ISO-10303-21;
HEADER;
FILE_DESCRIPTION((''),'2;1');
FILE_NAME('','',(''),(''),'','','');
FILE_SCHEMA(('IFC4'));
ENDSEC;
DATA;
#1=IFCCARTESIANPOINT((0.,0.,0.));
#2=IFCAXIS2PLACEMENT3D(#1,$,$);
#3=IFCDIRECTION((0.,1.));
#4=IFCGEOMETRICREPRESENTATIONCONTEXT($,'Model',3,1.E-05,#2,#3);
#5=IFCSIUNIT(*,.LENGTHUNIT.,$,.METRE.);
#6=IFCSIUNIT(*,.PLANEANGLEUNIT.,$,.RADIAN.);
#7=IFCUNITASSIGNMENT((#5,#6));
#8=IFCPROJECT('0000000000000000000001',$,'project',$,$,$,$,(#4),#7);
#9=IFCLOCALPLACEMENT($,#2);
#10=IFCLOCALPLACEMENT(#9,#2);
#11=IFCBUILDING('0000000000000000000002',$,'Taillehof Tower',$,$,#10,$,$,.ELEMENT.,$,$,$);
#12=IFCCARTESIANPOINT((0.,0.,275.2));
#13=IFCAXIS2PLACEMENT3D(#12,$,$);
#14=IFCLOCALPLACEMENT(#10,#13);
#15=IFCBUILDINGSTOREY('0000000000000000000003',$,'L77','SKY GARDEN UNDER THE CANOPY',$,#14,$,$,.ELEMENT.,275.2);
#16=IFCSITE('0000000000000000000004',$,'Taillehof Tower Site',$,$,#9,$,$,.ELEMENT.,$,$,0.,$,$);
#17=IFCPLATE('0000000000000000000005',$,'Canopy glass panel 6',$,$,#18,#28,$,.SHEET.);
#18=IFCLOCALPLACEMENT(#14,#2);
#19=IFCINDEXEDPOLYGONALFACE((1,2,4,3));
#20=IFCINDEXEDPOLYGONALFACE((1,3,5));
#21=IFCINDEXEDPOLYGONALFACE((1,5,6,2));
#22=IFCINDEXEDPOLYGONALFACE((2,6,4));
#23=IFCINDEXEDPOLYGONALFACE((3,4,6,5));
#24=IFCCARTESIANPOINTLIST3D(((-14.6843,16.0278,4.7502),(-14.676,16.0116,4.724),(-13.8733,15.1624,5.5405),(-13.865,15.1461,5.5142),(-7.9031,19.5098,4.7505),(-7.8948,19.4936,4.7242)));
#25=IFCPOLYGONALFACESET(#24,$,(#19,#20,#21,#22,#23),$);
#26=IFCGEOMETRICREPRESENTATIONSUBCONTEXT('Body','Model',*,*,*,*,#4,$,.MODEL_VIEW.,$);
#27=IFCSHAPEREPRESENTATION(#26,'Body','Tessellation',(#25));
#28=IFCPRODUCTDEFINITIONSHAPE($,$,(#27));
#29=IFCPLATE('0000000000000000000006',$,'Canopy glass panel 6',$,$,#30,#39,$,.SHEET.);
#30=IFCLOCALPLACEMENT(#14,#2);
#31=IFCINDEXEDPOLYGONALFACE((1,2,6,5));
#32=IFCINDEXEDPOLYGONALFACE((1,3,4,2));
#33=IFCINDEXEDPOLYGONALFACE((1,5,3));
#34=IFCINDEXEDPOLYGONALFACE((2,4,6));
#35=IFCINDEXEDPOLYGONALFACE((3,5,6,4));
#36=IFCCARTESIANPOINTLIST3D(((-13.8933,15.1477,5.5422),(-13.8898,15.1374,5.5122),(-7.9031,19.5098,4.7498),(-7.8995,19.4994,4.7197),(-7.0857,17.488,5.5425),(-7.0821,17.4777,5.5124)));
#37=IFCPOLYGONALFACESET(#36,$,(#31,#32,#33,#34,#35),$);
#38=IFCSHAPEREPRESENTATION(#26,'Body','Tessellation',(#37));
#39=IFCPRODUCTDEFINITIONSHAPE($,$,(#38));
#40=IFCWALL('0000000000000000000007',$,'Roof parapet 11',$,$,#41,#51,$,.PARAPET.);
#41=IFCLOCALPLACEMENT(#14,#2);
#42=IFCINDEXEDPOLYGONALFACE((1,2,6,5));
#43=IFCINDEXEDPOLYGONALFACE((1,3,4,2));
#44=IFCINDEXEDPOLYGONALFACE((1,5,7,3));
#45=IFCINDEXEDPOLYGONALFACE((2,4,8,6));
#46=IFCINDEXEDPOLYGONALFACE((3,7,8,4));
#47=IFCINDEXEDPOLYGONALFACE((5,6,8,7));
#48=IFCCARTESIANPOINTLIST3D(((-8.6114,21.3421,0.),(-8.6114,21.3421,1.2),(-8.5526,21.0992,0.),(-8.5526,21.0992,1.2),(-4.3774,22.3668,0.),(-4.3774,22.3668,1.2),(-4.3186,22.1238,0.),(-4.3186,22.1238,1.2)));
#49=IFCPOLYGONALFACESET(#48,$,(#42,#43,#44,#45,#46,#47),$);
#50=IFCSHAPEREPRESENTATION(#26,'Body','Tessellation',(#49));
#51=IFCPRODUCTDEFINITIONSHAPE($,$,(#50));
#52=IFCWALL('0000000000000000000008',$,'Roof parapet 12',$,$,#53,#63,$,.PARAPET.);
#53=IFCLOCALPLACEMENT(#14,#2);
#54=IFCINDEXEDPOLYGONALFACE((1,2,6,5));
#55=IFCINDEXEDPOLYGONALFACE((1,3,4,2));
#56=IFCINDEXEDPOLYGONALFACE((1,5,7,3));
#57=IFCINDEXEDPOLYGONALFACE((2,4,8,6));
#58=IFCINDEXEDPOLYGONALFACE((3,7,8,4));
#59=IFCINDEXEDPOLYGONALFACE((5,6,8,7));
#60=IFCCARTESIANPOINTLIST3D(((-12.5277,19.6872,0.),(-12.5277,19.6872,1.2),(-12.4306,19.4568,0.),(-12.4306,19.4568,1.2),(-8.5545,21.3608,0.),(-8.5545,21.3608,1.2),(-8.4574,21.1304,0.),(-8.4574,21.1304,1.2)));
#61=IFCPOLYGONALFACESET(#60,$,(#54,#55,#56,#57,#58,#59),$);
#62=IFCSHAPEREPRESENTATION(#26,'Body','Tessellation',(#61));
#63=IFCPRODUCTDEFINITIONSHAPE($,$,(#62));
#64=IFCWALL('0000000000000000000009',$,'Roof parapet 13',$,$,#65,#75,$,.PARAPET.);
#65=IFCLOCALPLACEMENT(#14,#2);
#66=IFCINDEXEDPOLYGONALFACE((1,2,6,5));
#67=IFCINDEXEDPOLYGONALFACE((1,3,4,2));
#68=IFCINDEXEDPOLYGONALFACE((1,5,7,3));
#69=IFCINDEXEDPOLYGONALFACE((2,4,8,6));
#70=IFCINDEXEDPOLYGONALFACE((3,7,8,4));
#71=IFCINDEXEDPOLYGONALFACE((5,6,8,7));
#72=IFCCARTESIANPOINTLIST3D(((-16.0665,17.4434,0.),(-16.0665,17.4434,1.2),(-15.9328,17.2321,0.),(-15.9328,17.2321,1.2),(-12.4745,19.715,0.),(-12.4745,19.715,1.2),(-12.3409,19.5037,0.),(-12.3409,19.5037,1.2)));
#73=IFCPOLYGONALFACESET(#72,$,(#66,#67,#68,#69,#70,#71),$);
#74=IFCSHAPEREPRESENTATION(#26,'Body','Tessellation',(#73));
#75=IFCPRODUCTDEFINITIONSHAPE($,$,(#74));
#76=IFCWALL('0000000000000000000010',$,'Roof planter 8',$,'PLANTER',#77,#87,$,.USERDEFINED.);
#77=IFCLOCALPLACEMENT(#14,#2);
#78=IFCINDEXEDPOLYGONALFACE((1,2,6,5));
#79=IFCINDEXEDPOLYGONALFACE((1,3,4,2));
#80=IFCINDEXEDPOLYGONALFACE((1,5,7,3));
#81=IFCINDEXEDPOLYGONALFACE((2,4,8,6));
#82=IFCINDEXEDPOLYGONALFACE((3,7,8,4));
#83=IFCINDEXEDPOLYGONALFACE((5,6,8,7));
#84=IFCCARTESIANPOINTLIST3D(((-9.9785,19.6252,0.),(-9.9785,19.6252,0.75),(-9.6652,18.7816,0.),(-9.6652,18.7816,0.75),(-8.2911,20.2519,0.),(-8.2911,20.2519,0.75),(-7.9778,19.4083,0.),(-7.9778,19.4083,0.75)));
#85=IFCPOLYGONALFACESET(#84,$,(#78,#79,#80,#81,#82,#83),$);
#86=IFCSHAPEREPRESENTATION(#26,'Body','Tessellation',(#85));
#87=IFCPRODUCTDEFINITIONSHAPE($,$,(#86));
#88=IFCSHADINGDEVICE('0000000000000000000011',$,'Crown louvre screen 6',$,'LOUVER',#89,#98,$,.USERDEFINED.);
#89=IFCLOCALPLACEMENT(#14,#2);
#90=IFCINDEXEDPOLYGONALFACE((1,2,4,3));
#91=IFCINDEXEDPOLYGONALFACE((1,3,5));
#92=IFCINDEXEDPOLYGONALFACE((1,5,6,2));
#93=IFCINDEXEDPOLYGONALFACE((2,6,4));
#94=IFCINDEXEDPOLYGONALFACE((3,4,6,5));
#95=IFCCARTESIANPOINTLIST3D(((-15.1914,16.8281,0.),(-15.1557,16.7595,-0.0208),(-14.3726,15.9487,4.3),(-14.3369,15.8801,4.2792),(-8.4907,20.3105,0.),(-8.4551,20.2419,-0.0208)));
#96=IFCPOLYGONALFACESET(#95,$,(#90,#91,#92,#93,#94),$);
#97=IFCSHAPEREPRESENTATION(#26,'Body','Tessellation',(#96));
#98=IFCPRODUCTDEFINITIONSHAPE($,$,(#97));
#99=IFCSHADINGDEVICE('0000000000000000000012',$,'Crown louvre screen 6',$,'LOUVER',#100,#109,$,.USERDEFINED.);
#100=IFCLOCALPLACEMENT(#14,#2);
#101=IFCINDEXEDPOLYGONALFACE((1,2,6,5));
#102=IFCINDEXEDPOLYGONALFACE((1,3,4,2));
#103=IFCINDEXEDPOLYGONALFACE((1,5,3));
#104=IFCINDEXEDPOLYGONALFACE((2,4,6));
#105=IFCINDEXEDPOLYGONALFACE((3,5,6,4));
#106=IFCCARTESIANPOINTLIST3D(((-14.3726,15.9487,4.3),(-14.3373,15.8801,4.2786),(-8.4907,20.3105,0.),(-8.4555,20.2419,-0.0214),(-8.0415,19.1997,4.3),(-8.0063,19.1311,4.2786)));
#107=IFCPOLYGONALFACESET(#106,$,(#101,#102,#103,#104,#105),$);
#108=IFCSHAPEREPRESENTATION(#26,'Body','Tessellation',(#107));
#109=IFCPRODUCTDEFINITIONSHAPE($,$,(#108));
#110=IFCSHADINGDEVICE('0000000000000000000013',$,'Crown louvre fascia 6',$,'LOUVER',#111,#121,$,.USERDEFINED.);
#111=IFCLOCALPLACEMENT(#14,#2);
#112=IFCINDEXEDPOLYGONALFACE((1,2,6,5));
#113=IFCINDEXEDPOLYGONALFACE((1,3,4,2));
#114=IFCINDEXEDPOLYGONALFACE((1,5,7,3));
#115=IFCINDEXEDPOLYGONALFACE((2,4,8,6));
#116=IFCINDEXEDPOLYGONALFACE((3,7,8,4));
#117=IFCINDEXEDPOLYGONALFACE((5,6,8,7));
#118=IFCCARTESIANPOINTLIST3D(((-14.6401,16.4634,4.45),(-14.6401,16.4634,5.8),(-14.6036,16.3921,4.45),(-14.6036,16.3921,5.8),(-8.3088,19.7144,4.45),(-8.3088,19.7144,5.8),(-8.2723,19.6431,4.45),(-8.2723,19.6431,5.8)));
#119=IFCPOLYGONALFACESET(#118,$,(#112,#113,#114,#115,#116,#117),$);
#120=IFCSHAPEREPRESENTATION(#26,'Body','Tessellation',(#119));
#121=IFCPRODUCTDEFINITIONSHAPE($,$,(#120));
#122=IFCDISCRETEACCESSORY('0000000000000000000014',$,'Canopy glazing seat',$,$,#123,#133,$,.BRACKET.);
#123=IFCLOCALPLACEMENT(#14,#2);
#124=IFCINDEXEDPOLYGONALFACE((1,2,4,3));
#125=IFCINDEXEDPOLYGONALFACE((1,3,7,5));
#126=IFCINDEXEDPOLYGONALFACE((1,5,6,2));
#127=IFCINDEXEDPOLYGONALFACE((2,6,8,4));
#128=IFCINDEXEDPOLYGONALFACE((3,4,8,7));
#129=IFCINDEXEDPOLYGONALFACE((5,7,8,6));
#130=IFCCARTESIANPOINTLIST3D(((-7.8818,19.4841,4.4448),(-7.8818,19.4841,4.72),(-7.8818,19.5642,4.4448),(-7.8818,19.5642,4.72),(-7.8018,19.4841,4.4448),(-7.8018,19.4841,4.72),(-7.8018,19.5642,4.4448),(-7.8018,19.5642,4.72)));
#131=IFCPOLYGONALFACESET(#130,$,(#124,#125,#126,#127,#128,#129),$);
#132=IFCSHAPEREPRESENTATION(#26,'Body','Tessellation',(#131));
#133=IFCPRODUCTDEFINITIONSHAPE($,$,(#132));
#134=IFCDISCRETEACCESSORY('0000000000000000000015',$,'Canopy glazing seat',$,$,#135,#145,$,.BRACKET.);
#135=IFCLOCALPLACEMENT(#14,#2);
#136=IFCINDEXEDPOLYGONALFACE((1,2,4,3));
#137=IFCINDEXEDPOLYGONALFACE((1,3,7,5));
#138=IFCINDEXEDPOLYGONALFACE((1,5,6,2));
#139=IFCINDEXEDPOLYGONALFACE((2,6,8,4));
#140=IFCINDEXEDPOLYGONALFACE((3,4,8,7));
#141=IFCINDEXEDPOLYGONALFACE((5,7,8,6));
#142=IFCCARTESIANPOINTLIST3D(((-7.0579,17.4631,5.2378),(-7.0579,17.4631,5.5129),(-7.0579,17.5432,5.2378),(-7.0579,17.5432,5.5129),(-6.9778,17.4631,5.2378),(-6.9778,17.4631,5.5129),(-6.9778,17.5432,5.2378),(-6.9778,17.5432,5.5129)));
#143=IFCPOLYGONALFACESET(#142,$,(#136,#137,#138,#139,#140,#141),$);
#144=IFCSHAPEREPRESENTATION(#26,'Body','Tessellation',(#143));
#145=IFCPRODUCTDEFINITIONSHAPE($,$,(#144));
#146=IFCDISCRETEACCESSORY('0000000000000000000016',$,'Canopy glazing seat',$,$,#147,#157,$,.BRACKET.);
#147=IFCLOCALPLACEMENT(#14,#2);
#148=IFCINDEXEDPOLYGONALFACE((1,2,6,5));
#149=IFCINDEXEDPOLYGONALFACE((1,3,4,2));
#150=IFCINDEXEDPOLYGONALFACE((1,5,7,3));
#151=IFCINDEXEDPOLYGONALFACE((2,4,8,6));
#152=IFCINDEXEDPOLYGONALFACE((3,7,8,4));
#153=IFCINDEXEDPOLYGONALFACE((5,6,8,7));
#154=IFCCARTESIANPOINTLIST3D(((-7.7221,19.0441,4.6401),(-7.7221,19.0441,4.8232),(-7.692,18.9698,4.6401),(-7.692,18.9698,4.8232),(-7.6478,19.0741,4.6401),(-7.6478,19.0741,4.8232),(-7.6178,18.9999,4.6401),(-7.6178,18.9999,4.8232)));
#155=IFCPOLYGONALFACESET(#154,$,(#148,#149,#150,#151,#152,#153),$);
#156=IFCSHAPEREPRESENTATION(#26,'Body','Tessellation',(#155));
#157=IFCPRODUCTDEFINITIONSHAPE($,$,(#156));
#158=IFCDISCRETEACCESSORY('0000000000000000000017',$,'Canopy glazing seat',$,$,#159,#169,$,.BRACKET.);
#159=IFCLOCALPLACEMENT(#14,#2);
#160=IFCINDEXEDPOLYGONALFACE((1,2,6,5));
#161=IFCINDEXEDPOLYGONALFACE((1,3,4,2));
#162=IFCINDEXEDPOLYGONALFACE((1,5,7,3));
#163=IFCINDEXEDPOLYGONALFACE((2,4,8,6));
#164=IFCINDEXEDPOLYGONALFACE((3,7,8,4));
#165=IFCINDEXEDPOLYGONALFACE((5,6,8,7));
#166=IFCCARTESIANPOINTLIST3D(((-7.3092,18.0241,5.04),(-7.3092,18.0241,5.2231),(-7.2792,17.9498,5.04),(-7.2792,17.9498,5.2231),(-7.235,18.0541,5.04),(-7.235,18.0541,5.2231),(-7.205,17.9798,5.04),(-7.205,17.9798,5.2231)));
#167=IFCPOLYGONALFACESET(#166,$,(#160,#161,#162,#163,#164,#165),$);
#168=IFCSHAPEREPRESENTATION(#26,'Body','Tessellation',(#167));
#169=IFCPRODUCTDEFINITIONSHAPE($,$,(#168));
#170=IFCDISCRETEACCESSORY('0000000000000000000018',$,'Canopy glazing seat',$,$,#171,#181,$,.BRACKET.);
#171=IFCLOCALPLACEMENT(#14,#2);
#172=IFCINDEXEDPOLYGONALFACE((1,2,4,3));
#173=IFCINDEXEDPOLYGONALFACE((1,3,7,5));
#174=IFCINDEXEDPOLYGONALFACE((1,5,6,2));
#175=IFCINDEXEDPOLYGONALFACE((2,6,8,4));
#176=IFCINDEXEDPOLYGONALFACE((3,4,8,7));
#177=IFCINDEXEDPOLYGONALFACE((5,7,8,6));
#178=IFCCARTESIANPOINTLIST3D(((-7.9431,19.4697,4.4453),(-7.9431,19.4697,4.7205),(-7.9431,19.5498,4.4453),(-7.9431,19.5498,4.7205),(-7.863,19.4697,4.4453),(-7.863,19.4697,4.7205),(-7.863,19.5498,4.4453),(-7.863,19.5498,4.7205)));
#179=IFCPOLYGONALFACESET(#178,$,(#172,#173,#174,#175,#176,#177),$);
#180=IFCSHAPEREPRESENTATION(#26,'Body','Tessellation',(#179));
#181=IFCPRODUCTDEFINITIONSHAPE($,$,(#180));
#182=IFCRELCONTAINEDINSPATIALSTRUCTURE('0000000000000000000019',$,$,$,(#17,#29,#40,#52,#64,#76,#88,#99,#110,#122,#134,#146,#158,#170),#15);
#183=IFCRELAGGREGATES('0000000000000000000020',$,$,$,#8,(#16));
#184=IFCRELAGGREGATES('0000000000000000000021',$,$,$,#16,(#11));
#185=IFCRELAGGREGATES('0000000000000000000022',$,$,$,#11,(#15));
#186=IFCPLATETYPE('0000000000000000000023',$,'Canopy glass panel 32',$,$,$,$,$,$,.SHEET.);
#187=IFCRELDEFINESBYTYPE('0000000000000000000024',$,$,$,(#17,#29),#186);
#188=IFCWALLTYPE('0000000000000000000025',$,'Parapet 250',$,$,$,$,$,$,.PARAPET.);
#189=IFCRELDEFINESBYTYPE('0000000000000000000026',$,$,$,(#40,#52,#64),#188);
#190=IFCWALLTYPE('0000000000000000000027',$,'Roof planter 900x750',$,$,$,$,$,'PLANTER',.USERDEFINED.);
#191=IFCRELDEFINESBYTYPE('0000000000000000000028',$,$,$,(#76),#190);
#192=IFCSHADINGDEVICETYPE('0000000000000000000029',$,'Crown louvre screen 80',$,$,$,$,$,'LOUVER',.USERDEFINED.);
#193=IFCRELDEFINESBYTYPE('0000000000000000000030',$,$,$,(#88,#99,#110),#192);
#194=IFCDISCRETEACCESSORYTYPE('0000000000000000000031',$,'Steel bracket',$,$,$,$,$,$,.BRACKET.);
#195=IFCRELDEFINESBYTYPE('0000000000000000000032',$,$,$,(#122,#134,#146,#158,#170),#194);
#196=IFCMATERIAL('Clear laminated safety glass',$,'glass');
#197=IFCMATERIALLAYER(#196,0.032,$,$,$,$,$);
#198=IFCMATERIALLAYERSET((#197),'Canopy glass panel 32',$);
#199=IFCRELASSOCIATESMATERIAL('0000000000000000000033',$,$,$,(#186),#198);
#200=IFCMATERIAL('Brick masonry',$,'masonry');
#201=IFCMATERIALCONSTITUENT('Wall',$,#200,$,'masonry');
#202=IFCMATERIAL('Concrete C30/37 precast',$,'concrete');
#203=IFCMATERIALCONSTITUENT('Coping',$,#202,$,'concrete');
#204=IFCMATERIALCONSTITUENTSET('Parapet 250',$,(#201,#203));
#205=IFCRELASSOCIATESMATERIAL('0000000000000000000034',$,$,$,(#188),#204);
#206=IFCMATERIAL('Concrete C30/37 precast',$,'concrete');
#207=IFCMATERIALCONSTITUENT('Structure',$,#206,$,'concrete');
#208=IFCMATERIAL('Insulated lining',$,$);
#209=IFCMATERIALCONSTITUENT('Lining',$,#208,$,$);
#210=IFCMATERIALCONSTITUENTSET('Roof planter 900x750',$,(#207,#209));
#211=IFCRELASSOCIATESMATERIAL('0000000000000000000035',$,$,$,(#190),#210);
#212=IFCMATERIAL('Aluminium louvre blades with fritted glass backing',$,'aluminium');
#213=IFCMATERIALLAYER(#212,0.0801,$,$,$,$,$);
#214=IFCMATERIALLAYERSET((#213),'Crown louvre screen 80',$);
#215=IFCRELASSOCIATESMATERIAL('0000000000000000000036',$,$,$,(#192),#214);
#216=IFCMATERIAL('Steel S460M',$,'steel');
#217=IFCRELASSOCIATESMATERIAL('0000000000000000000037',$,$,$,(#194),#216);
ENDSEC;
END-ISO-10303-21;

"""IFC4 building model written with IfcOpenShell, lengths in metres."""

from ifc_helpers import new_model, si_unit, direction, frame, frame_2d, origin, origin_2d, place, context, subcontext, project, spatial, polyline, rectangle, outline, extrude, material, layer, layer_set, constituent, constituent_set, type_object, element, save


model = new_model("IFC4")

# Units and contexts
model_context = context("Model", 3, precision=1e-05, world=origin(), true_north=direction((0.0, 1.0)))
body_context = subcontext(model_context, "Body", "Model", "MODEL_VIEW")
ifc_project = project(units=[si_unit("LENGTHUNIT", "METRE"), si_unit("PLANEANGLEUNIT", "RADIAN")], contexts=[model_context])

# Site, building, storey
site_placement = place(None, origin())
site = spatial("IfcSite", under=ifc_project, at=site_placement, Name="Taillehof Tower Site", CompositionType="ELEMENT", RefElevation=0.0)
building_placement = place(site_placement, origin())
building = spatial("IfcBuilding", under=site, at=building_placement, Name="Taillehof Tower", CompositionType="ELEMENT")
storey_placement = place(building_placement, frame((0.0, 0.0, 275.2)))
storey = spatial("IfcBuildingStorey", under=building, at=storey_placement, Name="L77", Description="SKY GARDEN UNDER THE CANOPY", CompositionType="ELEMENT", Elevation=275.2)

# Plates
ifc_material_1 = material(Name="Clear laminated safety glass", Category="glass")
ifc_layer_1 = layer(ifc_material_1, 0.032)
ifc_layer_set_1 = layer_set([ifc_layer_1], Name="Canopy glass panel 32")
plate_type = type_object("IfcPlateType", Name="Canopy glass panel 32", PredefinedType="SHEET", material=ifc_layer_set_1)
plate_1_placement = place(storey_placement, frame((-7.9031, 19.5098, 4.7505), z_axis=(-0.260196, 0.506688, 0.821928), x_axis=(-0.889585, -0.45677, -0.000032)))
element("IfcPlate", 1, at=plate_1_placement, inside=storey, type_object=plate_type, Name="Canopy glass panel 6", PredefinedType="SHEET", context=body_context, shape_type="SweptSolid", body=[
    extrude(outline(polyline([(0.0, 0.0), (7.6229, 0.0), (7.2968, 1.3874), (0.0, 0.0)])), origin(), (0.0, 0.0, -1.0), 0.032),
])
plate_2_placement = place(storey_placement, frame((-7.9031, 19.5098, 4.7498), z_axis=(-0.111238, 0.323475, 0.939675), x_axis=(-0.803798, -0.585322, 0.106339)))
element("IfcPlate", 2, at=plate_2_placement, inside=storey, type_object=plate_type, Name="Canopy glass panel 6", PredefinedType="SHEET", context=body_context, shape_type="SweptSolid", body=[
    extrude(outline(polyline([(0.0, 0.0), (7.4524, 0.0), (0.6106, 2.2385), (0.0, 0.0)])), origin(), (0.0, 0.0, -1.0), 0.032),
])

# Walls
ifc_material_2 = material(Name="Brick masonry", Category="masonry")
ifc_constituent_1 = constituent(ifc_material_2, Name="Wall", Category="masonry")
ifc_material_3 = material(Name="Concrete C30/37 precast", Category="concrete")
ifc_constituent_2 = constituent(ifc_material_3, Name="Coping", Category="concrete")
ifc_constituent_set_1 = constituent_set(constituents=[ifc_constituent_1, ifc_constituent_2], Name="Parapet 250")
wall_type_1 = type_object("IfcWallType", Name="Parapet 250", PredefinedType="PARAPET", material=ifc_constituent_set_1)
wall_1_placement = place(storey_placement, frame((-4.3479, 22.2454, 0.0), z_axis=(0.0, 0.0, 1.0), x_axis=(-0.971941, -0.235223, 0.0)))
element("IfcWall", 3, at=wall_1_placement, inside=storey, type_object=wall_type_1, Name="Roof parapet 11", PredefinedType="PARAPET", context=body_context, shape_type="SweptSolid", body=[
    extrude(rectangle(XDim=4.3562, YDim=0.25, at=frame_2d((2.1782, 0.0))), origin(), (0.0, 0.0, 1.0), 1.2),
])
wall_2_placement = place(storey_placement, frame((-8.5059, 21.2456, 0.0), z_axis=(0.0, 0.0, 1.0), x_axis=(-0.921579, -0.388191, 0.0)))
element("IfcWall", 4, at=wall_2_placement, inside=storey, type_object=wall_type_1, Name="Roof parapet 12", PredefinedType="PARAPET", context=body_context, shape_type="SweptSolid", body=[
    extrude(rectangle(XDim=4.3113, YDim=0.25, at=frame_2d((2.1558, 0.0))), origin(), (0.0, 0.0, 1.0), 1.2),
])
wall_3_placement = place(storey_placement, frame((-12.4077, 19.6094, 0.0), z_axis=(0.0, 0.0, 1.0), x_axis=(-0.845163, -0.534509, 0.0)))
element("IfcWall", 5, at=wall_3_placement, inside=storey, type_object=wall_type_1, Name="Roof parapet 13", PredefinedType="PARAPET", context=body_context, shape_type="SweptSolid", body=[
    extrude(rectangle(XDim=4.25, YDim=0.25, at=frame_2d((2.125, 0.0))), origin(), (0.0, 0.0, 1.0), 1.2),
])
ifc_material_4 = material(Name="Concrete C30/37 precast", Category="concrete")
ifc_constituent_3 = constituent(ifc_material_4, Name="Structure", Category="concrete")
ifc_material_5 = material(Name="Insulated lining")
ifc_constituent_4 = constituent(ifc_material_5, Name="Lining")
ifc_constituent_set_2 = constituent_set(constituents=[ifc_constituent_3, ifc_constituent_4], Name="Roof planter 900x750")
wall_type_2 = type_object("IfcWallType", Name="Roof planter 900x750", ElementType="PLANTER", PredefinedType="USERDEFINED", material=ifc_constituent_set_2)
wall_4_placement = place(storey_placement, frame((-8.1345, 19.8301, 0.0), z_axis=(0.0, 0.0, 1.0), x_axis=(-0.937439, -0.348149, 0.0)))
element("IfcWall", 6, at=wall_4_placement, inside=storey, type_object=wall_type_2, Name="Roof planter 8", ObjectType="PLANTER", PredefinedType="USERDEFINED", context=body_context, shape_type="SweptSolid", body=[
    extrude(rectangle(XDim=1.8, YDim=0.8999, at=frame_2d((0.8999, 0.0))), origin(), (0.0, 0.0, 1.0), 0.75),
])

# Shading devices
ifc_material_6 = material(Name="Aluminium louvre blades with fritted glass backing", Category="aluminium")
ifc_layer_2 = layer(ifc_material_6, 0.0801)
ifc_layer_set_2 = layer_set([ifc_layer_2], Name="Crown louvre screen 80")
shading_device_type = type_object("IfcShadingDeviceType", Name="Crown louvre screen 80", ElementType="LOUVER", PredefinedType="USERDEFINED", material=ifc_layer_set_2)
shading_device_1_placement = place(storey_placement, frame((-8.4907, 20.3105, 0.0), z_axis=(-0.445289, 0.856801, 0.260018), x_axis=(-0.887322, -0.461151, 0.0)))
element("IfcShadingDevice", 7, at=shading_device_1_placement, inside=storey, type_object=shading_device_type, Name="Crown louvre screen 6", ObjectType="LOUVER", PredefinedType="USERDEFINED", context=body_context, shape_type="SweptSolid", body=[
    extrude(outline(polyline([(0.0, 0.0), (7.5516, 0.0), (7.2305, 4.4532), (0.0, 0.0)])), origin(), (0.0, 0.0, -1.0), 0.0801),
])
shading_device_2_placement = place(storey_placement, frame((-8.4907, 20.3105, 0.0), z_axis=(-0.440157, 0.857175, 0.267418), x_axis=(-0.692643, -0.513646, 0.506372)))
element("IfcShadingDevice", 8, at=shading_device_2_placement, inside=storey, type_object=shading_device_type, Name="Crown louvre screen 6", ObjectType="LOUVER", PredefinedType="USERDEFINED", context=body_context, shape_type="SweptSolid", body=[
    extrude(outline(polyline([(0.0, 0.0), (8.4919, 0.0), (2.4369, 3.74), (0.0, 0.0)])), origin(), (0.0, 0.0, -1.0), 0.0801),
])
shading_device_3_placement = place(storey_placement, frame((-8.3088, 19.7144, 4.45), z_axis=(-0.456779, 0.88958, 0.0), x_axis=(-0.88958, -0.456779, 0.0)))
element("IfcShadingDevice", 9, at=shading_device_3_placement, inside=storey, type_object=shading_device_type, Name="Crown louvre fascia 6", ObjectType="LOUVER", PredefinedType="USERDEFINED", context=body_context, shape_type="SweptSolid", body=[
    extrude(outline(polyline([(0.0, 0.0), (7.1172, 0.0), (7.1172, 1.3501), (0.0, 1.3501), (0.0, 0.0)])), origin(), (0.0, 0.0, -1.0), 0.0801),
])

# Discrete accessories
ifc_material_7 = material(Name="Steel S460M", Category="steel")
discrete_accessory_type_1 = type_object("IfcDiscreteAccessoryType", Name="Steel bracket", PredefinedType="BRACKET", material=ifc_material_7)
for number, where, z_axis, x_axis, name in (
    (10, (-7.8418, 19.5242, 4.4448), (0.0, 0.0, 1.0), (1.0, 0.0, 0.0), "Canopy glazing seat"),
    (11, (-7.0178, 17.5032, 5.2378), (0.0, 0.0, 1.0), (1.0, 0.0, 0.0), "Canopy glazing seat"),
):
    element("IfcDiscreteAccessory", number, at=place(storey_placement, frame(where, z_axis=z_axis, x_axis=x_axis)), inside=storey, type_object=discrete_accessory_type_1, Name=name, PredefinedType="BRACKET", context=body_context, shape_type="SweptSolid", body=[
        extrude(rectangle(XDim=0.0801, YDim=0.0801, at=origin_2d()), origin(), (0.0, 0.0, 1.0), 0.2751),
    ])
for number, where, z_axis, x_axis, name in (
    (12, (-7.6699, 19.022, 4.6401), (0.0, 0.0, 1.0), (0.374914, -0.92706, 0.0), "Canopy glazing seat"),
    (13, (-7.2571, 18.002, 5.04), (0.0, 0.0, 1.0), (0.374914, -0.92706, 0.0), "Canopy glazing seat"),
):
    element("IfcDiscreteAccessory", number, at=place(storey_placement, frame(where, z_axis=z_axis, x_axis=x_axis)), inside=storey, type_object=discrete_accessory_type_1, Name=name, PredefinedType="BRACKET", context=body_context, shape_type="SweptSolid", body=[
        extrude(rectangle(XDim=0.0801, YDim=0.0801, at=origin_2d()), origin(), (0.0, 0.0, 1.0), 0.1831),
    ])
discrete_accessory_placement = place(storey_placement, frame((-7.9031, 19.5098, 4.4453), z_axis=(0.0, 0.0, 1.0), x_axis=(1.0, 0.0, 0.0)))
element("IfcDiscreteAccessory", 14, at=discrete_accessory_placement, inside=storey, type_object=discrete_accessory_type_1, Name="Canopy glazing seat", PredefinedType="BRACKET", context=body_context, shape_type="SweptSolid", body=[
    extrude(rectangle(XDim=0.0801, YDim=0.0801, at=origin_2d()), origin(), (0.0, 0.0, 1.0), 0.2751),
])

save(model, "model.ifc")
